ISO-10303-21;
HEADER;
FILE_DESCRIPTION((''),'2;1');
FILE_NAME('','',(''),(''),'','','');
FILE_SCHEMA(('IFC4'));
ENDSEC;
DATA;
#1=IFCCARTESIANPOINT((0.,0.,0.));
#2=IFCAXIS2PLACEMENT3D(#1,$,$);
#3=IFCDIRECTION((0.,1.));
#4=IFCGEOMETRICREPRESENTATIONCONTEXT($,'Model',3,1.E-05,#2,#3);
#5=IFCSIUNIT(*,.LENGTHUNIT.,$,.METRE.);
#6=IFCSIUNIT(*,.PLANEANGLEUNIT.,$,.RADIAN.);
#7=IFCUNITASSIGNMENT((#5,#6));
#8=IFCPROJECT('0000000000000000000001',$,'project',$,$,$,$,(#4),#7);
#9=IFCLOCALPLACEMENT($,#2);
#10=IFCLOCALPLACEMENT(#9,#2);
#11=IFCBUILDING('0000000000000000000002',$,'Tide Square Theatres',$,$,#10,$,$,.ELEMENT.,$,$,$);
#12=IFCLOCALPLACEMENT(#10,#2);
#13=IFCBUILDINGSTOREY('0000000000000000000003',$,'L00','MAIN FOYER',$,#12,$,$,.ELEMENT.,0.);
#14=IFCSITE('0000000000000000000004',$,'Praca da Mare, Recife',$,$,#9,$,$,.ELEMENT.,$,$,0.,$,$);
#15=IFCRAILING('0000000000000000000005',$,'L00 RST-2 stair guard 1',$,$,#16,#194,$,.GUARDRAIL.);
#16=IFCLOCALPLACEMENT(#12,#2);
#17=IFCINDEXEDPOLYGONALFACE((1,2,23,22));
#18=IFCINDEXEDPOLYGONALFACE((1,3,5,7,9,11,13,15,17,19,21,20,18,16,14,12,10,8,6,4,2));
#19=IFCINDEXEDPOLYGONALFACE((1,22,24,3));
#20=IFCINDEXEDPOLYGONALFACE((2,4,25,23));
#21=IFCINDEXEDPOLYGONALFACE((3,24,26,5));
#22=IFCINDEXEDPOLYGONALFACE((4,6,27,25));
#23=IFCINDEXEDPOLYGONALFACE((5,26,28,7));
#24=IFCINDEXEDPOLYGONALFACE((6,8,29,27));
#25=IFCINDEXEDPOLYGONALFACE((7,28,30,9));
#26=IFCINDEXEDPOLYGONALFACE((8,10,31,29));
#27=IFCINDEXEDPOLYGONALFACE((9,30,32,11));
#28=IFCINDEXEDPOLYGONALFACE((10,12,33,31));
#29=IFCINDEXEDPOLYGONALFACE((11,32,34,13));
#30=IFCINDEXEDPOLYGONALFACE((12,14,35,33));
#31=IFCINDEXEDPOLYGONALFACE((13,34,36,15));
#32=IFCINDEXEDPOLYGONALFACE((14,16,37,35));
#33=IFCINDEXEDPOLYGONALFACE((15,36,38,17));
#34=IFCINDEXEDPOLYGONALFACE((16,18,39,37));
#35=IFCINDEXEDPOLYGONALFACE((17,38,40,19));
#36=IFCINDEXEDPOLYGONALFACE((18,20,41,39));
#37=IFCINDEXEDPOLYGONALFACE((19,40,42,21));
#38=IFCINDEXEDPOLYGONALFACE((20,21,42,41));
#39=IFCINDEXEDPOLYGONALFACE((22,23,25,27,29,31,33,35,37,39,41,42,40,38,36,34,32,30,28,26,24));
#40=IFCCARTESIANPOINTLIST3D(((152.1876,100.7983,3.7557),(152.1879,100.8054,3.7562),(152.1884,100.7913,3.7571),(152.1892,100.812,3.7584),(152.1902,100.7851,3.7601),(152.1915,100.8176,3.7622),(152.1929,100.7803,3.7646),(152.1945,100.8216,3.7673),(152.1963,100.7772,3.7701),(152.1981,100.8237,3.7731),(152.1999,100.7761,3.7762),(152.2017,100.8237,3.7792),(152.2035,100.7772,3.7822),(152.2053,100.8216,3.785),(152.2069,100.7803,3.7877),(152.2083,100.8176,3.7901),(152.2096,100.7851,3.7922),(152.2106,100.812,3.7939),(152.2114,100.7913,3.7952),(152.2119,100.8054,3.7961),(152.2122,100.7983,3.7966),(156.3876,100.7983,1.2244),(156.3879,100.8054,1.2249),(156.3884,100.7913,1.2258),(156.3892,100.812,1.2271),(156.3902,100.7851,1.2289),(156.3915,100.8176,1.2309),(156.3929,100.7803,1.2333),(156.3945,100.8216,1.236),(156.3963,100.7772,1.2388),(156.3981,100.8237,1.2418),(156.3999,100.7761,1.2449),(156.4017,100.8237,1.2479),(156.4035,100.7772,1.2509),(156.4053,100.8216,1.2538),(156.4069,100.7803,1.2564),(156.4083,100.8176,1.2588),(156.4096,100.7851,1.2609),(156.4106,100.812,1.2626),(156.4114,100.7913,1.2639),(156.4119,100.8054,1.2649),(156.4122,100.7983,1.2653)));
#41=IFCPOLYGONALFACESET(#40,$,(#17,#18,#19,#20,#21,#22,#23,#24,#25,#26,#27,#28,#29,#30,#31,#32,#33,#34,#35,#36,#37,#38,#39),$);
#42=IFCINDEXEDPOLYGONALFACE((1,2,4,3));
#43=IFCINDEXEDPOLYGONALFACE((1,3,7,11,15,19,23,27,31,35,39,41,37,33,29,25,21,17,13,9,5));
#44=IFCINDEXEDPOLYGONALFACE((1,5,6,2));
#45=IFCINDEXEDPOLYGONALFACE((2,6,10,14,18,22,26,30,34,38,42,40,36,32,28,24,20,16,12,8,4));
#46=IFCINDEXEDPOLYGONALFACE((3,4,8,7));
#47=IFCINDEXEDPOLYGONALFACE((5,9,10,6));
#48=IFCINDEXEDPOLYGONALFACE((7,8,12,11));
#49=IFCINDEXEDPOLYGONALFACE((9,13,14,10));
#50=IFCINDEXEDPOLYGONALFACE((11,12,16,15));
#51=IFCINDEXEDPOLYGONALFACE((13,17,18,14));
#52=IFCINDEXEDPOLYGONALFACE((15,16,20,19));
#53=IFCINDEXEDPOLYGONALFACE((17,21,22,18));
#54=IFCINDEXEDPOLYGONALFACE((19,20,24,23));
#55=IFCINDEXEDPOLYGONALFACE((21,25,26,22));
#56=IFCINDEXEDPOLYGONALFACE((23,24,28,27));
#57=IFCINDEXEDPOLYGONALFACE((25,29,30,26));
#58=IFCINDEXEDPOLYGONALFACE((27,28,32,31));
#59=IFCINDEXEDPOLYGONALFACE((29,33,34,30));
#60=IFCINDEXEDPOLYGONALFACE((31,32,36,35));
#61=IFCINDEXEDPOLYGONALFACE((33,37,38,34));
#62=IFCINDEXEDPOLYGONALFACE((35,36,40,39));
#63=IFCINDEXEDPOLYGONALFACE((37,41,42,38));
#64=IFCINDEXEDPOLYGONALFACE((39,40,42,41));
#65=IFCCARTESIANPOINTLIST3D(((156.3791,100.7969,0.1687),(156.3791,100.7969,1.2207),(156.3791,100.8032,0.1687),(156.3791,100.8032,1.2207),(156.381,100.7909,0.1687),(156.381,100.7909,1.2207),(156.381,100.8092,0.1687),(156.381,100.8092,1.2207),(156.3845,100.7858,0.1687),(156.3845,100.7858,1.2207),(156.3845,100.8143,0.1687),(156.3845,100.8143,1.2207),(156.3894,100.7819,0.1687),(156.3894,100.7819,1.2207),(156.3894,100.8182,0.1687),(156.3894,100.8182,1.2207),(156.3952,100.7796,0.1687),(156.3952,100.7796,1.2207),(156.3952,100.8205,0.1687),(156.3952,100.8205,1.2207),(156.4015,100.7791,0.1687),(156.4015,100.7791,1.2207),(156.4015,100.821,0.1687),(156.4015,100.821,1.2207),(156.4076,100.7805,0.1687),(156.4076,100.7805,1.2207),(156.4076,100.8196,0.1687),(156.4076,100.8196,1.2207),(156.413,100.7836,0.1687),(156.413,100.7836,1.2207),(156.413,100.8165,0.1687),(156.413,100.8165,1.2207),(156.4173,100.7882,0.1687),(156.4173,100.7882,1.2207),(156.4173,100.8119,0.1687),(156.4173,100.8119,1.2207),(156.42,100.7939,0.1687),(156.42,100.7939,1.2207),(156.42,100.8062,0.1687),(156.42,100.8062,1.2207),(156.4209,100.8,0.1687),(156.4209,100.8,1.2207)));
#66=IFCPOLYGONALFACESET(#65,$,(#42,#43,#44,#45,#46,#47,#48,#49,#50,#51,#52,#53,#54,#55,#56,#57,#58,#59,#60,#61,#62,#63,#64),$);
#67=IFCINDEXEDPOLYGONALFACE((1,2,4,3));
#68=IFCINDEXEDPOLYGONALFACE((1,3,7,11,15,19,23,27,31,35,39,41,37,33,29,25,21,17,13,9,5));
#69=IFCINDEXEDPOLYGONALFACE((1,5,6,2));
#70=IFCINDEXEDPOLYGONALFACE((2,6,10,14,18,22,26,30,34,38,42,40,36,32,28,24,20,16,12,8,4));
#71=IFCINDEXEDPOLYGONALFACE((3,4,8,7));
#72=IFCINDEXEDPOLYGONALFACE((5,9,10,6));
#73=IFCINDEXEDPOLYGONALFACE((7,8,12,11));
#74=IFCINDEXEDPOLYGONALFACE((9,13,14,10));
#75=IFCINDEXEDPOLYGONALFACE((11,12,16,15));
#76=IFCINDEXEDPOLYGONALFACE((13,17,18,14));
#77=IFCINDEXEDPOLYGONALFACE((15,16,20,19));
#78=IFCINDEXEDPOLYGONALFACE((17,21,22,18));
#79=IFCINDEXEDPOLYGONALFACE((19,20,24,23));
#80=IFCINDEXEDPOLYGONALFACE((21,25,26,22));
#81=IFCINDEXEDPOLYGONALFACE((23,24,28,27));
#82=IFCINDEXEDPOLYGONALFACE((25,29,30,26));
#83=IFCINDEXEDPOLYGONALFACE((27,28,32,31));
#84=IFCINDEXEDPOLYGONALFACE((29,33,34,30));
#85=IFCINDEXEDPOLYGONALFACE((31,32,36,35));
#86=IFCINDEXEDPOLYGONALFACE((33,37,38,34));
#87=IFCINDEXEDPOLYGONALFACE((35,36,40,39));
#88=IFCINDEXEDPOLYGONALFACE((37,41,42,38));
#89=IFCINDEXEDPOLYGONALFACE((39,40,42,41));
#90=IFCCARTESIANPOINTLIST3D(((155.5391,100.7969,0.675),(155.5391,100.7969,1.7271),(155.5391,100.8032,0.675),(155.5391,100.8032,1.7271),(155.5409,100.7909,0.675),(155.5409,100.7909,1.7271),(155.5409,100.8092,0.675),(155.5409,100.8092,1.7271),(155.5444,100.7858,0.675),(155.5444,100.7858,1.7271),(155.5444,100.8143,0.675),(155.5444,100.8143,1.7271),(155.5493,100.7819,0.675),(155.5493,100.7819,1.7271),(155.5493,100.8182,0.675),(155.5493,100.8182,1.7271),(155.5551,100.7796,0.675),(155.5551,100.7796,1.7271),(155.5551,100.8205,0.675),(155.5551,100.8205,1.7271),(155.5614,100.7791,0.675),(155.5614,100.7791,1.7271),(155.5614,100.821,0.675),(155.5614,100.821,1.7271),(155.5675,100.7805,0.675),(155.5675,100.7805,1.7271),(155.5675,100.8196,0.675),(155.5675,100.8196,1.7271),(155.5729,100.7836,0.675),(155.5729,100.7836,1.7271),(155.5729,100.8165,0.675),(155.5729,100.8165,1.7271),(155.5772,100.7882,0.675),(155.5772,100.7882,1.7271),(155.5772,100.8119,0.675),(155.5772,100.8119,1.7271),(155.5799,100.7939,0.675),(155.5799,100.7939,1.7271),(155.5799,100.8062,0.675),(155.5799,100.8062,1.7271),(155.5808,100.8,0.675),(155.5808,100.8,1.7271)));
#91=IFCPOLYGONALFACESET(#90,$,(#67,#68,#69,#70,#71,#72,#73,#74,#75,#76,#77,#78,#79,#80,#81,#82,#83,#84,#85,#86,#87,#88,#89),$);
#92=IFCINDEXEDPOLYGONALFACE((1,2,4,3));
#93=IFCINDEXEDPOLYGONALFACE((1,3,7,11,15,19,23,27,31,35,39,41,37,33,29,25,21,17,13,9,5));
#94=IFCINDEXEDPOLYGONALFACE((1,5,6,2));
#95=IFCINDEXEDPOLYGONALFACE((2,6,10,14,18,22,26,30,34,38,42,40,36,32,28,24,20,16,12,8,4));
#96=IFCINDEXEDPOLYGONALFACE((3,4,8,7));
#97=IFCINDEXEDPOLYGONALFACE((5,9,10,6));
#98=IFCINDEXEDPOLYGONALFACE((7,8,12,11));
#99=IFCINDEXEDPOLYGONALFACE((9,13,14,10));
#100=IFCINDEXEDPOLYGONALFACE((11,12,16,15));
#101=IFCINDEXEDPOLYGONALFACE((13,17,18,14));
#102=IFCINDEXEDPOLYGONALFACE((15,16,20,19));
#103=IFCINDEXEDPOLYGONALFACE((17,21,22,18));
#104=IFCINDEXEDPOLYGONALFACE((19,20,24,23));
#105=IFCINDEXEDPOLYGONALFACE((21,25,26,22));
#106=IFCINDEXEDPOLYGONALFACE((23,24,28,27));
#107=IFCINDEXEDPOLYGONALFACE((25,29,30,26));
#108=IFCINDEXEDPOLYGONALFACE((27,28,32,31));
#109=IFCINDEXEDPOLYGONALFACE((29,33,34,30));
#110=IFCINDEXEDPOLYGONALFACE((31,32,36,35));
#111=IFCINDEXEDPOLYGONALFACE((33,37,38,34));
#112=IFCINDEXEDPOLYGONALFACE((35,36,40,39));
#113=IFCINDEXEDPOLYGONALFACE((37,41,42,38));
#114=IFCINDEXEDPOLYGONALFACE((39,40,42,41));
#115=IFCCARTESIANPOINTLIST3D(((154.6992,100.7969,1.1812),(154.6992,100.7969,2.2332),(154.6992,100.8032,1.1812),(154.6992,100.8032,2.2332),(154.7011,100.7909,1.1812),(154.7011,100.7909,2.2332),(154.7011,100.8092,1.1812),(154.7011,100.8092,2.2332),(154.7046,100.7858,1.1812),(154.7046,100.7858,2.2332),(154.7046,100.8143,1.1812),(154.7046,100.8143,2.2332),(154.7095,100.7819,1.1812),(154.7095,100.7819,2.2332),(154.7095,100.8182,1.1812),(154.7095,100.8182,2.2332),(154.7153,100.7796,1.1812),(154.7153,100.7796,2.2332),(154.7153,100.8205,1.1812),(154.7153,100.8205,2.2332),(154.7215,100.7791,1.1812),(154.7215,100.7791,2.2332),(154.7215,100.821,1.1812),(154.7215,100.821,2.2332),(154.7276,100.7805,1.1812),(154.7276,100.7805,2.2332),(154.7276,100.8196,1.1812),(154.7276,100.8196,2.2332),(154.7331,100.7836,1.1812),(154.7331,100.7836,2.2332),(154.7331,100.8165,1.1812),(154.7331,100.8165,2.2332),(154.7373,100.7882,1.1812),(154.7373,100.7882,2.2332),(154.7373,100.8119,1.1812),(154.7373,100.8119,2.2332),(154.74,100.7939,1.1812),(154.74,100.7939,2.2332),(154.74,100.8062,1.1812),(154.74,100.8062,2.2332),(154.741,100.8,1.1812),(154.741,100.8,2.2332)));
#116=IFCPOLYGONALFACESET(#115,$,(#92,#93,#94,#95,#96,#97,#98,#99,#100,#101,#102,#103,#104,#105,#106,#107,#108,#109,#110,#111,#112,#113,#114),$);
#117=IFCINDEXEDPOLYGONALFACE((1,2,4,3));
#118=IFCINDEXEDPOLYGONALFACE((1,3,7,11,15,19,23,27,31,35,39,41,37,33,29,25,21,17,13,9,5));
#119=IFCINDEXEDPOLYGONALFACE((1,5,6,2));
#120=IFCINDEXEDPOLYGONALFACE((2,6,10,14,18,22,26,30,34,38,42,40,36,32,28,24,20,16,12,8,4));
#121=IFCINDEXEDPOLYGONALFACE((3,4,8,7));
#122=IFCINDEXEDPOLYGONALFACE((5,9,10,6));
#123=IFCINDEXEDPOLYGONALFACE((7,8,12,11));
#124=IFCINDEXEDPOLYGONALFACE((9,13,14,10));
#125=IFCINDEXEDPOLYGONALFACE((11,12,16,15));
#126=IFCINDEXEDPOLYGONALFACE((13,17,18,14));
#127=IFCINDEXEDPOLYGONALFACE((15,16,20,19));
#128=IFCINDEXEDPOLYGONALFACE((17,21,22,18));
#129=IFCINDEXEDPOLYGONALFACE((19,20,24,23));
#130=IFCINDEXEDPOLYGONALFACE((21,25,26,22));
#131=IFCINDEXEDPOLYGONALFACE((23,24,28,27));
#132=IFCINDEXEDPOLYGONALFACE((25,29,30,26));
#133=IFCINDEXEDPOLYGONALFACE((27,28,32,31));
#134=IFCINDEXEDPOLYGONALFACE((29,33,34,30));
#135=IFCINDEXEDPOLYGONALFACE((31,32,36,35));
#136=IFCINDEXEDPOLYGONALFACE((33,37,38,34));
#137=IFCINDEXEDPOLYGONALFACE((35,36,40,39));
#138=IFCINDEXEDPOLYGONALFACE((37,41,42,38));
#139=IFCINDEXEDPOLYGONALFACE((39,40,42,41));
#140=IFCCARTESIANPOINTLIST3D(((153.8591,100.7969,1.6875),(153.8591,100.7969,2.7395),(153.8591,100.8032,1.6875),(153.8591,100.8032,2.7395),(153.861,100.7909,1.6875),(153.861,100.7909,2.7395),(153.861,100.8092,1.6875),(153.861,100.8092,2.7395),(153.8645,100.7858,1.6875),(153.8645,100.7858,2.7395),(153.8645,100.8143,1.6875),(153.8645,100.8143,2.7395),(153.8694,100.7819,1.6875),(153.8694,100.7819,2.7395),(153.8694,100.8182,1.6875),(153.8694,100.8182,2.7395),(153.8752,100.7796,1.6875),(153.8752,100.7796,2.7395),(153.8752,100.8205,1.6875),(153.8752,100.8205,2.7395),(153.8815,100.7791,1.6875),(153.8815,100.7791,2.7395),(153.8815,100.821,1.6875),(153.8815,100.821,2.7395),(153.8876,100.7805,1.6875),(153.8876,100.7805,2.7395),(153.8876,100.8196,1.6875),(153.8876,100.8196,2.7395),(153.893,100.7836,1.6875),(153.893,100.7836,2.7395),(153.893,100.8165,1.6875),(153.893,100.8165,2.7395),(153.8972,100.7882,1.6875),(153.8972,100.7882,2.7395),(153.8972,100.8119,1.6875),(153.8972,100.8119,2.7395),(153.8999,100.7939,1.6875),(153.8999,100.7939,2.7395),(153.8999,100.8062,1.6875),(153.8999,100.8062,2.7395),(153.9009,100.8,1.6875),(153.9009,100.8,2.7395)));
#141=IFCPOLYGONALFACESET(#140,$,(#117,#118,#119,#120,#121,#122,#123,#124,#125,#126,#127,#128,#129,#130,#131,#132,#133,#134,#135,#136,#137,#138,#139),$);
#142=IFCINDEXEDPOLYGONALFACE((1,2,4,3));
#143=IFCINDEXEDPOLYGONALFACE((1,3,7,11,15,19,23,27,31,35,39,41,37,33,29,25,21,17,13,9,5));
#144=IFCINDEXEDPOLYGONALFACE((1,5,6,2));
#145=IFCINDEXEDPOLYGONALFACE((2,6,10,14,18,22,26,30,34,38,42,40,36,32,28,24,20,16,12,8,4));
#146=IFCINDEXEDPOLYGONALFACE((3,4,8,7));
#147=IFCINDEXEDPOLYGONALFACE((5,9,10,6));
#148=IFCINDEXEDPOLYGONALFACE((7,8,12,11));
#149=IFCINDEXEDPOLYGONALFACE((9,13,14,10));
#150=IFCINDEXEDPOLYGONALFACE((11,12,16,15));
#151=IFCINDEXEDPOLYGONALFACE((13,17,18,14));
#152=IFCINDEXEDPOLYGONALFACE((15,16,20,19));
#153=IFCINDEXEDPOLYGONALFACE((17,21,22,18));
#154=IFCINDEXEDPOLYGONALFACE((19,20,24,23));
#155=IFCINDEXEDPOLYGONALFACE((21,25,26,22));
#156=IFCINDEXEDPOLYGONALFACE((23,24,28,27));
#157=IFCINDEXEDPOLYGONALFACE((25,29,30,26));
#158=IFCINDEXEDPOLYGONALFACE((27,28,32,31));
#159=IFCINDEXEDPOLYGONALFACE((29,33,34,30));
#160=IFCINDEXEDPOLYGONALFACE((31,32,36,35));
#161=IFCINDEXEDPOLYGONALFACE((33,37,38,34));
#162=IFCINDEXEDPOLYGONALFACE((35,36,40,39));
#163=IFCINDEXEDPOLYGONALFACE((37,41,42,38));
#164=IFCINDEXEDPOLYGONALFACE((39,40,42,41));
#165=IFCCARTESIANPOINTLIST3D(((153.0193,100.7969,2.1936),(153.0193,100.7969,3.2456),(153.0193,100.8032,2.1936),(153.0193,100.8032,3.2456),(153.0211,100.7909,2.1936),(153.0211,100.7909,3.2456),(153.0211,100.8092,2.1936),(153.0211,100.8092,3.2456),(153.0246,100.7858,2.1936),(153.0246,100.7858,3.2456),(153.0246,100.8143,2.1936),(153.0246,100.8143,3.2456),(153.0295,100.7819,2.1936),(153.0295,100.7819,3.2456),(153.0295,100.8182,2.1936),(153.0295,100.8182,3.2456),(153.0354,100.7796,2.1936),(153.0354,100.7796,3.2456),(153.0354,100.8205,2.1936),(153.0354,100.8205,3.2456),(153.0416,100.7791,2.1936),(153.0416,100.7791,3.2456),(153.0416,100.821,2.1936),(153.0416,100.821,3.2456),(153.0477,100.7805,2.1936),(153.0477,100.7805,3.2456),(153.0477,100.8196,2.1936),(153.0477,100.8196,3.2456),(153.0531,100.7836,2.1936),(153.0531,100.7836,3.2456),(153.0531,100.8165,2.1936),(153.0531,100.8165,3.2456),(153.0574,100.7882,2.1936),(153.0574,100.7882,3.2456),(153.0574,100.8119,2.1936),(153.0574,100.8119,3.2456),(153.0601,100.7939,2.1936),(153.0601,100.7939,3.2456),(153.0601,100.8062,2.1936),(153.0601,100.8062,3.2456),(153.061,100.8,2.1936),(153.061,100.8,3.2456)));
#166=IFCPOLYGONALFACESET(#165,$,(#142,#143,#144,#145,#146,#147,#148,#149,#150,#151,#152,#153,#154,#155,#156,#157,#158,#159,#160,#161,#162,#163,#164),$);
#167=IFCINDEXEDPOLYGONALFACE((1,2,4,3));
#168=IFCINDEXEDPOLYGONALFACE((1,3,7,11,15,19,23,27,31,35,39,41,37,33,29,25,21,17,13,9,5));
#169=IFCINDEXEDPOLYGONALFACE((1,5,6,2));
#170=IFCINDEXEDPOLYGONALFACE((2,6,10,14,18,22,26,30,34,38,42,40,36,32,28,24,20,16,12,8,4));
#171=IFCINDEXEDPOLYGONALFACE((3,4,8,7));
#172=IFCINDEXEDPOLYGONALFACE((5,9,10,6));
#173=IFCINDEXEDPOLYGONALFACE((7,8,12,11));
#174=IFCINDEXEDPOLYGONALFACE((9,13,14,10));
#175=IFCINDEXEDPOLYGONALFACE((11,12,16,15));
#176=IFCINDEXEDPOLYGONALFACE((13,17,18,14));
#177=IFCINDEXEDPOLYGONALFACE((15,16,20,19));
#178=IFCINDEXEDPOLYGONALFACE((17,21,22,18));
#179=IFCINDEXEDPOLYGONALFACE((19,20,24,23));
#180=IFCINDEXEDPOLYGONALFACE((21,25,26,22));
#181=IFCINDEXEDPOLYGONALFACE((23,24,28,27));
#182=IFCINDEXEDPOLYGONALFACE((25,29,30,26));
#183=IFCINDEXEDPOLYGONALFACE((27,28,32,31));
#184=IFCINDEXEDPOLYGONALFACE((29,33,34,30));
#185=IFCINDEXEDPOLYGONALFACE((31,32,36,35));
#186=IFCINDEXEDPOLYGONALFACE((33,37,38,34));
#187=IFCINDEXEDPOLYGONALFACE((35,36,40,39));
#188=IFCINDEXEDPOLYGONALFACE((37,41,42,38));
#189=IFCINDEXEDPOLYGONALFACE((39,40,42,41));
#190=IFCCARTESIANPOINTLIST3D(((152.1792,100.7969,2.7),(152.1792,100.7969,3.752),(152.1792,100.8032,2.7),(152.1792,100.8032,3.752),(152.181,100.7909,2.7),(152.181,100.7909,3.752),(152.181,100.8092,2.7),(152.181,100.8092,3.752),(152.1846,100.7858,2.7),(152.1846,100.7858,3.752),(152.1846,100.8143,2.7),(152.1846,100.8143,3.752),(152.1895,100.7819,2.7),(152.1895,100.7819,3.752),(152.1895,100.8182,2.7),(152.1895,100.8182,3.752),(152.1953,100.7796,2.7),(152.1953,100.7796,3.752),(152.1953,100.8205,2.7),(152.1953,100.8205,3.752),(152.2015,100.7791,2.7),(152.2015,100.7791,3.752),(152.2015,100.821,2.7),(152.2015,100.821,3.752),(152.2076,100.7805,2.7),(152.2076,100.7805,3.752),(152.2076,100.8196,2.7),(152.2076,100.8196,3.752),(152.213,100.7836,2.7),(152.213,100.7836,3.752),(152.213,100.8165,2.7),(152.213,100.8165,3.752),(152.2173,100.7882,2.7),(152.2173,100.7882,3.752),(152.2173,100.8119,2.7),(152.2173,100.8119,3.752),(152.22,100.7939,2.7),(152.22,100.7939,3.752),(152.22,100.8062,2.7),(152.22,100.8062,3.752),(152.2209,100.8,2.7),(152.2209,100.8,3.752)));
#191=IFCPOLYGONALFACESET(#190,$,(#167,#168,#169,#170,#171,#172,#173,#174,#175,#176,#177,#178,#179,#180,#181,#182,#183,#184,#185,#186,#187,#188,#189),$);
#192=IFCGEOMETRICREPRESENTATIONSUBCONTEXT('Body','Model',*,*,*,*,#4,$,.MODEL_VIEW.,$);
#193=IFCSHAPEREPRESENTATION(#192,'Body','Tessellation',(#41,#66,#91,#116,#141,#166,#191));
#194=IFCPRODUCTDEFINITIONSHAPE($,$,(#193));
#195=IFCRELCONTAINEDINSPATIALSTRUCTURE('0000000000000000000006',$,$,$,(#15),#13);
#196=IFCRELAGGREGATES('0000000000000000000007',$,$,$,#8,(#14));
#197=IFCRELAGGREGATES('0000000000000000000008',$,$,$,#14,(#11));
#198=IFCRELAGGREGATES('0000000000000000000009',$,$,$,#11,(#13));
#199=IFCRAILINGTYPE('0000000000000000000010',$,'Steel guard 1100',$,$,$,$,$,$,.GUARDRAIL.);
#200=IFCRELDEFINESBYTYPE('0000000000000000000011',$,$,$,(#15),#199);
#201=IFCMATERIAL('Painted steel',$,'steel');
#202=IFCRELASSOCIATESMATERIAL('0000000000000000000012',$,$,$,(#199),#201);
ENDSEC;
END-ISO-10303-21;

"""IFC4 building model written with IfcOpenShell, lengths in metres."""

from ifc_helpers import new_model, si_unit, direction, frame, origin, origin_2d, place, context, subcontext, project, spatial, circle, extrude, material, type_object, element, save


model = new_model("IFC4")

# Units and contexts
model_context = context("Model", 3, precision=1e-05, world=origin(), true_north=direction((0.0, 1.0)))
body_context = subcontext(model_context, "Body", "Model", "MODEL_VIEW")
ifc_project = project(units=[si_unit("LENGTHUNIT", "METRE"), si_unit("PLANEANGLEUNIT", "RADIAN")], contexts=[model_context])

# Site, building, storey
site_placement = place(None, origin())
site = spatial("IfcSite", under=ifc_project, at=site_placement, Name="Praca da Mare, Recife", CompositionType="ELEMENT", RefElevation=0.0)
building_placement = place(site_placement, origin())
building = spatial("IfcBuilding", under=site, at=building_placement, Name="Tide Square Theatres", CompositionType="ELEMENT")
storey_placement = place(building_placement, origin())
storey = spatial("IfcBuildingStorey", under=building, at=storey_placement, Name="L00", Description="MAIN FOYER", CompositionType="ELEMENT", Elevation=0.0)

# Railing
ifc_material_1 = material(Name="Painted steel", Category="steel")
railing_type_1 = type_object("IfcRailingType", Name="Steel guard 1100", PredefinedType="GUARDRAIL", material=ifc_material_1)
railing_1_placement = place(storey_placement, frame((156.3999, 100.8, 0.1687)))
element("IfcRailing", 1, at=railing_1_placement, inside=storey, type_object=railing_type_1, Name="L00 RST-2 stair guard 1", PredefinedType="GUARDRAIL", context=body_context, shape_type="SweptSolid", body=[
    extrude(circle(Radius=0.0239, at=origin_2d()), frame((0.0, 0.0, 1.0762), z_axis=(-0.856476, 0.0, 0.516186), x_axis=(0.0, -1.0, 0.0)), (0.0, 0.0, 1.0), 4.9038),
    extrude(circle(Radius=0.021, at=origin_2d()), origin(), (0.0, 0.0, 1.0), 1.052),
    extrude(circle(Radius=0.021, at=origin_2d()), frame((-0.8401, 0.0, 0.5063)), (0.0, 0.0, 1.0), 1.052),
    extrude(circle(Radius=0.021, at=origin_2d()), frame((-1.6799, 0.0, 1.0125)), (0.0, 0.0, 1.0), 1.052),
    extrude(circle(Radius=0.021, at=origin_2d()), frame((-2.52, 0.0, 1.5188)), (0.0, 0.0, 1.0), 1.052),
    extrude(circle(Radius=0.021, at=origin_2d()), frame((-3.3599, 0.0, 2.0249)), (0.0, 0.0, 1.0), 1.052),
    extrude(circle(Radius=0.021, at=origin_2d()), frame((-4.2, 0.0, 2.5312)), (0.0, 0.0, 1.0), 1.052),
])

save(model, "model.ifc")
